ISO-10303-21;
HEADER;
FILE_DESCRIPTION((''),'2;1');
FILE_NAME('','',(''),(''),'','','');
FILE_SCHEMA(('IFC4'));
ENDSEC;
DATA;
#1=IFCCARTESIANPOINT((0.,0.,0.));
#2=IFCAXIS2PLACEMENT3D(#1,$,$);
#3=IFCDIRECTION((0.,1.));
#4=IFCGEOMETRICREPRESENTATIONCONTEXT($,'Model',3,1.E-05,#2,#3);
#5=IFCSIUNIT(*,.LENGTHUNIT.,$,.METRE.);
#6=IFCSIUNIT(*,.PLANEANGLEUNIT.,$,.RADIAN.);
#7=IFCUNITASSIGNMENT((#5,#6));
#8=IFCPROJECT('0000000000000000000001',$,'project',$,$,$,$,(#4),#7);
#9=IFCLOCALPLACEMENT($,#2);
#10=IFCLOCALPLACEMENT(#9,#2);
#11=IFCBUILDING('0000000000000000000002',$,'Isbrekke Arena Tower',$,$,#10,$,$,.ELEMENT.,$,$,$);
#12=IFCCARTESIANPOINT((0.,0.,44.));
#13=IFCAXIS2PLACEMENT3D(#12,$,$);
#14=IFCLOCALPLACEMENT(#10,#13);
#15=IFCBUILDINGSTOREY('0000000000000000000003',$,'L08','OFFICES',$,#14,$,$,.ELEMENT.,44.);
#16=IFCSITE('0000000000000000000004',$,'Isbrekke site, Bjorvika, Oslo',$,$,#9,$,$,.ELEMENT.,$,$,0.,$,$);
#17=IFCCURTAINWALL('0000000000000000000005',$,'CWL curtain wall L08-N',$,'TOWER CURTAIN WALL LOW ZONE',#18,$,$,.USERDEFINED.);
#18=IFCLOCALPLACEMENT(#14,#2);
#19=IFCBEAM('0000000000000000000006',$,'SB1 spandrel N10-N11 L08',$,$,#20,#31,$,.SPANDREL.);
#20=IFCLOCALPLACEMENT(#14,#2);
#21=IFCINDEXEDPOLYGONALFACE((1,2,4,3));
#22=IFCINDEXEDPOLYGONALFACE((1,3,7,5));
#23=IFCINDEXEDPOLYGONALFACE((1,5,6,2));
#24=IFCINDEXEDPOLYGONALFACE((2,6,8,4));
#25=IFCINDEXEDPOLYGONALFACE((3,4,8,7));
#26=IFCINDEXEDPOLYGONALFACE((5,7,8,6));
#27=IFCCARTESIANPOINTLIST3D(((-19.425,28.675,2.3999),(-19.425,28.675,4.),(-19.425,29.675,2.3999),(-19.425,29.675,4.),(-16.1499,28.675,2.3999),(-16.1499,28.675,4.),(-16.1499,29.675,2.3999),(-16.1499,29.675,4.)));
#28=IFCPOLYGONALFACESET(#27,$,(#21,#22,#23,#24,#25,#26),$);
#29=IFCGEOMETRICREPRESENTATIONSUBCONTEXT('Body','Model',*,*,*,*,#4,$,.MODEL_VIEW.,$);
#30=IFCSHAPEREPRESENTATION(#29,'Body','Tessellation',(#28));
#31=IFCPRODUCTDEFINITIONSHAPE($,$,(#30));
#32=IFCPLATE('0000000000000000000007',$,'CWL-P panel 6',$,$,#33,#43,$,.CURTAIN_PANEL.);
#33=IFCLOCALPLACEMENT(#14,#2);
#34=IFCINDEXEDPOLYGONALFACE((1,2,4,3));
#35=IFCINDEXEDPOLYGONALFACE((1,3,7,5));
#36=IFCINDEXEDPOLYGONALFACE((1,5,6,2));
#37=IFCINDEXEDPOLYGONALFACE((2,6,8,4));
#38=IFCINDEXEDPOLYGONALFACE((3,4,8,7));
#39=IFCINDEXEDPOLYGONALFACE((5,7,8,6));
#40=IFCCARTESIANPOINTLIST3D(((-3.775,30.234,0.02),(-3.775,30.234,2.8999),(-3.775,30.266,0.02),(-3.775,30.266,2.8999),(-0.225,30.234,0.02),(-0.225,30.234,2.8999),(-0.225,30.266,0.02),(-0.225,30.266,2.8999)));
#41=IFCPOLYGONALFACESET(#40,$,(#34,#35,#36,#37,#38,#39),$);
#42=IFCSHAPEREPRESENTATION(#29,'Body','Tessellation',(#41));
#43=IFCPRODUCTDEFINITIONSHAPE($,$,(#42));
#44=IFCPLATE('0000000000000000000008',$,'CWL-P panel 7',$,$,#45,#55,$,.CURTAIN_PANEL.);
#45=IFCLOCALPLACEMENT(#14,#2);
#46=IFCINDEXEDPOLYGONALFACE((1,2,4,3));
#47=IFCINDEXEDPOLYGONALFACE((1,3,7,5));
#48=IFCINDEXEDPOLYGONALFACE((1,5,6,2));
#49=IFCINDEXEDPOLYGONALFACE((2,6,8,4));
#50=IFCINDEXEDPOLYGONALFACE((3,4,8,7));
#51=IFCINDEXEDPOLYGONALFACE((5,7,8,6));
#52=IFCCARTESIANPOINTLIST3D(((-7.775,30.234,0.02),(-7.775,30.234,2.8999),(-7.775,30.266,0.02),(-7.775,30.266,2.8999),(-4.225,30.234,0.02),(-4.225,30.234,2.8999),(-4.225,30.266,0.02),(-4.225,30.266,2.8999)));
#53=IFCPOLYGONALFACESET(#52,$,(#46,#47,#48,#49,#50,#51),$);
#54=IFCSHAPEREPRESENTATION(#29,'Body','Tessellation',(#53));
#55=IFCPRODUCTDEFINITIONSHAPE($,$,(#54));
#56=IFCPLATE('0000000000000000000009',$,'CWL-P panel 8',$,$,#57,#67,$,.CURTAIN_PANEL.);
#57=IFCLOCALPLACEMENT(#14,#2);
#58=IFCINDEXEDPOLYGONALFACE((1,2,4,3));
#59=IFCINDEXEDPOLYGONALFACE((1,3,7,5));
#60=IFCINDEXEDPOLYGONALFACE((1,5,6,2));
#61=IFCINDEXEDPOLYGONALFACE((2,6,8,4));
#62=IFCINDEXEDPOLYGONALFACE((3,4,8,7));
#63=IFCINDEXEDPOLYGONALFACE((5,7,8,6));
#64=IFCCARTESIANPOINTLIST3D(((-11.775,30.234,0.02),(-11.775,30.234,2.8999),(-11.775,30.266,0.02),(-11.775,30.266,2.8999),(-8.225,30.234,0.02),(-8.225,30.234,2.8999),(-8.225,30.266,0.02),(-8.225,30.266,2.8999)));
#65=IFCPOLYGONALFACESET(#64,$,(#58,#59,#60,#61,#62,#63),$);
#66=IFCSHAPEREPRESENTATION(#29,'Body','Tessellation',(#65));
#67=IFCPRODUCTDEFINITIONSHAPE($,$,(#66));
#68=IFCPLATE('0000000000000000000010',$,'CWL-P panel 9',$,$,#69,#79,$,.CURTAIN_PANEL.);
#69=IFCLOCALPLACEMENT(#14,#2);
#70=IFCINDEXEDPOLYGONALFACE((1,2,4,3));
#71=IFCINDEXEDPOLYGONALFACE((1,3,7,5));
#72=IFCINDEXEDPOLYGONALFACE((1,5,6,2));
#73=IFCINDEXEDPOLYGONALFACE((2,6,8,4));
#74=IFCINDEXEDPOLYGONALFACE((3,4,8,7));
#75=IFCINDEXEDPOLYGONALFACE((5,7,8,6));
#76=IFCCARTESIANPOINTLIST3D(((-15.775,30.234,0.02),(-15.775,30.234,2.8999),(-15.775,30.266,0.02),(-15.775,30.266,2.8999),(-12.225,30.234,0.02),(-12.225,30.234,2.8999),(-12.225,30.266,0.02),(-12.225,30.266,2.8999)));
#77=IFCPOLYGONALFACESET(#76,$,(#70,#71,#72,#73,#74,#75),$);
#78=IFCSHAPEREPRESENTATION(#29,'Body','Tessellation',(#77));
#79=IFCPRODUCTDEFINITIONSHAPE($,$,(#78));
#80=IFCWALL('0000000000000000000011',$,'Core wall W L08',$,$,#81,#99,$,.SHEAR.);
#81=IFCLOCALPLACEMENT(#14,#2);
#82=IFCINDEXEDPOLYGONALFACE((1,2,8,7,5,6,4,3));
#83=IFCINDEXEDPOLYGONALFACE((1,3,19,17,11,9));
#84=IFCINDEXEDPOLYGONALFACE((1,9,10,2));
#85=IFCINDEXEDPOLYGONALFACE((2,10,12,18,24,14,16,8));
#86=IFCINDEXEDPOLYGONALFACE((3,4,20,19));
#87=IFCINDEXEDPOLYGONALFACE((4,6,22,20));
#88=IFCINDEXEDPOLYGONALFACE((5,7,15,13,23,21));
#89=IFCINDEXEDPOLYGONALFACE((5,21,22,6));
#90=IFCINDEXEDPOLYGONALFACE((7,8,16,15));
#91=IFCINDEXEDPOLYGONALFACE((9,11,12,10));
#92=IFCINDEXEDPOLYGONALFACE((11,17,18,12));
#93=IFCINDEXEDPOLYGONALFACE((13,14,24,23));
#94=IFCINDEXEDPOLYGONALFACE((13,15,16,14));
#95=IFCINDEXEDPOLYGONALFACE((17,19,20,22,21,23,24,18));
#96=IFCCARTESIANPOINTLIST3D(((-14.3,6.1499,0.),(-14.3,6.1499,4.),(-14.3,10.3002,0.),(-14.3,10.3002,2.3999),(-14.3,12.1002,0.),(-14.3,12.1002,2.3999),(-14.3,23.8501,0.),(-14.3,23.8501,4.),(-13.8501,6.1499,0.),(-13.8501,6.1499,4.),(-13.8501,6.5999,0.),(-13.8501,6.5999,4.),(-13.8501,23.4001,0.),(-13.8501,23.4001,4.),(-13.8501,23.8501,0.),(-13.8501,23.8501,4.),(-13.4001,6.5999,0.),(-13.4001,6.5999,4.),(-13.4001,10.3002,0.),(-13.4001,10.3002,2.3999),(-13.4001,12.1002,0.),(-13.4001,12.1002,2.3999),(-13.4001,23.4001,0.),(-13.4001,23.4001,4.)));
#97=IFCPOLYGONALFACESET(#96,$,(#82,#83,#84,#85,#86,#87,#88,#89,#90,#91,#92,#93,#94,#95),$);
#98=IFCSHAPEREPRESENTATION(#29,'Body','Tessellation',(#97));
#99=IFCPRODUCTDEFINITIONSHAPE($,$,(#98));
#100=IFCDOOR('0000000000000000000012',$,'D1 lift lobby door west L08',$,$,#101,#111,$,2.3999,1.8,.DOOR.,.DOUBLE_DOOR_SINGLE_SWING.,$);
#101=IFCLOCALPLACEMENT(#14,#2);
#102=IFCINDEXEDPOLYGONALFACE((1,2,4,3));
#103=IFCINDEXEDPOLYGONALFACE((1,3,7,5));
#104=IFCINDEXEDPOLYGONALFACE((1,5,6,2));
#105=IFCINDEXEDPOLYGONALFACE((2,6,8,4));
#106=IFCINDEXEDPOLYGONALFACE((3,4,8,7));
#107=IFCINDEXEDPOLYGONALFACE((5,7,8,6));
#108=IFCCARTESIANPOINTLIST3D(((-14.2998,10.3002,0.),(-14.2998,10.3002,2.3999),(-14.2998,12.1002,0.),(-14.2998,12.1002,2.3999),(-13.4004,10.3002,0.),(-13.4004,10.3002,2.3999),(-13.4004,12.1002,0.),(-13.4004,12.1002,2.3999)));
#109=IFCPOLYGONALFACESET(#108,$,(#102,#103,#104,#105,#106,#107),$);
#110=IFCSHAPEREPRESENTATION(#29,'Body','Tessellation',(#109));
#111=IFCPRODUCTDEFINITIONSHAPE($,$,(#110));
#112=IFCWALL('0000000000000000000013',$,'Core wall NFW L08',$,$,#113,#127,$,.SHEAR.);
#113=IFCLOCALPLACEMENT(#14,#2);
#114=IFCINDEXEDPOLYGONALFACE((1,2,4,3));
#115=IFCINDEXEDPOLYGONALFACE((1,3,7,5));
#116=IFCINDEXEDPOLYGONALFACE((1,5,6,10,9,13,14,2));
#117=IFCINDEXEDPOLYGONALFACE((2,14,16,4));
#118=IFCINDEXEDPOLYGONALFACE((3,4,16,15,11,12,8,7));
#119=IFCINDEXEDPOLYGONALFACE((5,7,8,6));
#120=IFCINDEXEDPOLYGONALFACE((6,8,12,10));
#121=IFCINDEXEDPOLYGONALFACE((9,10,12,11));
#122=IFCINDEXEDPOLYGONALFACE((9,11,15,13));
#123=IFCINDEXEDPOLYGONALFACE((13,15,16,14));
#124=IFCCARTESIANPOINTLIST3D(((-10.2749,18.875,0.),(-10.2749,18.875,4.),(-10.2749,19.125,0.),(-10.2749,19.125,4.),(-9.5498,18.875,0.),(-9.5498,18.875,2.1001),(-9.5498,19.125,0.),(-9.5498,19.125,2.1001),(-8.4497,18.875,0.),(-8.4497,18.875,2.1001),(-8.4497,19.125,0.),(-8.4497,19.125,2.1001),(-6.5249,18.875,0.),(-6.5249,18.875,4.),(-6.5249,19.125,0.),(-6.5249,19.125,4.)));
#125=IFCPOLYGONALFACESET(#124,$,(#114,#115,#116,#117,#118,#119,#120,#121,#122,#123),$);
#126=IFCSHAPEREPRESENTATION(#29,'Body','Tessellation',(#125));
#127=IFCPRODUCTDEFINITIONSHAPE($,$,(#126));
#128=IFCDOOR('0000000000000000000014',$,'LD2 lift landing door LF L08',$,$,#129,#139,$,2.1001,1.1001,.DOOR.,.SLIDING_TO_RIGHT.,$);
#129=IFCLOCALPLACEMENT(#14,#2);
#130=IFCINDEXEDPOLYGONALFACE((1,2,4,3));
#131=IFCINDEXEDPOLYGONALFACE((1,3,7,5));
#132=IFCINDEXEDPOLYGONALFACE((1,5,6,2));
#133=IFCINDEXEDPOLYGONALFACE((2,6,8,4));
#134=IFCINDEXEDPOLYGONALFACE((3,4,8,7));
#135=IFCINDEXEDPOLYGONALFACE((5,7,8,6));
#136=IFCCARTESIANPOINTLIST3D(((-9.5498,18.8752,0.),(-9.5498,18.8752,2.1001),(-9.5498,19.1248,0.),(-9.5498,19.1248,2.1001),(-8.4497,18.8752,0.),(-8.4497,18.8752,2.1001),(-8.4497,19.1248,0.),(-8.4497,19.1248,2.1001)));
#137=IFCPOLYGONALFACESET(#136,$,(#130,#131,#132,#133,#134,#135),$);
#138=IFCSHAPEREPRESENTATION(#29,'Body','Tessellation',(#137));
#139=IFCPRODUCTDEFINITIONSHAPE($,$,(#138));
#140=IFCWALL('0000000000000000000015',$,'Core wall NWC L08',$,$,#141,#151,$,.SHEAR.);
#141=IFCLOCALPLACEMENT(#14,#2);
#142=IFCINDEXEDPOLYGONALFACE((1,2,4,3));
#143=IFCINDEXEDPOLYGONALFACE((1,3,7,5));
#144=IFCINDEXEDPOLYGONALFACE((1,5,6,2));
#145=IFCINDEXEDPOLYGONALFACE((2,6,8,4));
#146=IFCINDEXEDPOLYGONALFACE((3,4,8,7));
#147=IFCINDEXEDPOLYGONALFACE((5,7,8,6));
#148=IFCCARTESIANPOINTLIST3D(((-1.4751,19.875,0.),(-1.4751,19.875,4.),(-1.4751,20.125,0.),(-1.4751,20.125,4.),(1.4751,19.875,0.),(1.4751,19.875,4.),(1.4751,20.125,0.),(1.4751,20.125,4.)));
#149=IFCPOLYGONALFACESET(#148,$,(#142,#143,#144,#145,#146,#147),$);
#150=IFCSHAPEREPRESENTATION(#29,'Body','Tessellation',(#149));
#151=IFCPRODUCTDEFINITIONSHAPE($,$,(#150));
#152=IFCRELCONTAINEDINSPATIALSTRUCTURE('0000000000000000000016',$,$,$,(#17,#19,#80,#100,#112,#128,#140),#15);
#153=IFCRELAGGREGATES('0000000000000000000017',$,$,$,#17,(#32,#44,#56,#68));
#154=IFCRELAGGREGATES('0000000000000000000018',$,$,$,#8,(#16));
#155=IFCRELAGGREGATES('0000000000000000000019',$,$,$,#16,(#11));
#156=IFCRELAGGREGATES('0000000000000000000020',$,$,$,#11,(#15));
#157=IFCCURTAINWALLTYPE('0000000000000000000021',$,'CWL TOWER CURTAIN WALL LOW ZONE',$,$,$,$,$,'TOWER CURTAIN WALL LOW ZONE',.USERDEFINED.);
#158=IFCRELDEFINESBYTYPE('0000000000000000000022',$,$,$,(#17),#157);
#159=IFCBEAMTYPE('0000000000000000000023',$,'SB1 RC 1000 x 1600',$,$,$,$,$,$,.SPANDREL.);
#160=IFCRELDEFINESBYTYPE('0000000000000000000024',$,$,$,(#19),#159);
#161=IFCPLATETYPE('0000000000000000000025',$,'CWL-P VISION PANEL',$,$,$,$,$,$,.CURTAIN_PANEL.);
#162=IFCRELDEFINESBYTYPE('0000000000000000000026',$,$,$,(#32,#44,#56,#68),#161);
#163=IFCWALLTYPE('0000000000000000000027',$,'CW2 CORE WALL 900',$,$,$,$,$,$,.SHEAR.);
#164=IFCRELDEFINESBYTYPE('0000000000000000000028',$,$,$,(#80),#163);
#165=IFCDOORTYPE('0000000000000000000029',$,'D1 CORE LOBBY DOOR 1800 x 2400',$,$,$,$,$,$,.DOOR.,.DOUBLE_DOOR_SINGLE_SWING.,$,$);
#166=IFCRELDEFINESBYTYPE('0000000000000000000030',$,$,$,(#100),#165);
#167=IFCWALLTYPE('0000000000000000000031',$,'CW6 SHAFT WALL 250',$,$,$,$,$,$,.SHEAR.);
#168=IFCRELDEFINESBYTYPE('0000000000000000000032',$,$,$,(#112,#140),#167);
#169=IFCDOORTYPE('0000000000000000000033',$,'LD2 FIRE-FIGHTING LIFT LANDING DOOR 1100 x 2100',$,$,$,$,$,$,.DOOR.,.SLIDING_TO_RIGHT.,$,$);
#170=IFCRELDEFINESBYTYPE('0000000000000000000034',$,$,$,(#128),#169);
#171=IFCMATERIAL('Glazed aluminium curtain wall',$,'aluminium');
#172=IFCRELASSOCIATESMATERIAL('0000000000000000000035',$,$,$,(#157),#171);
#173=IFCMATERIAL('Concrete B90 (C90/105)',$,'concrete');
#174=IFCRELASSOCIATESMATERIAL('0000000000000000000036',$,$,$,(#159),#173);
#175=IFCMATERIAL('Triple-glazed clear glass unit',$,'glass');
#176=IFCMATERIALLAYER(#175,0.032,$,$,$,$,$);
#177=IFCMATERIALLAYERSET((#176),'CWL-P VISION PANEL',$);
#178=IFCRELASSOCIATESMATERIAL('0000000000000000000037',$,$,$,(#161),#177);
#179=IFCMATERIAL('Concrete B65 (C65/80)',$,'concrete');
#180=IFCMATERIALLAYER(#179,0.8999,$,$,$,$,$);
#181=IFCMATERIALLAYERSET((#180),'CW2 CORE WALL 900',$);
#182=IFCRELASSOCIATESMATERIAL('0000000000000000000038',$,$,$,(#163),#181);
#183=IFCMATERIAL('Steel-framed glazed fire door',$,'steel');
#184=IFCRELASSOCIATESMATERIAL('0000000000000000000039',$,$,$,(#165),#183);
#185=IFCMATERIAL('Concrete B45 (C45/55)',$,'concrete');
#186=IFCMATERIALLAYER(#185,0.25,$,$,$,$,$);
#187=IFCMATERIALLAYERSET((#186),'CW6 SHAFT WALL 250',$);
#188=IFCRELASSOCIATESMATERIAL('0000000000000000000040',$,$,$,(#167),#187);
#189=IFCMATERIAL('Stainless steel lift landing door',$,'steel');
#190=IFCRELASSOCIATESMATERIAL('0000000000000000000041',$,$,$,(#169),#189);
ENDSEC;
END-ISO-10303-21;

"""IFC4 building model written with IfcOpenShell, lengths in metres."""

from ifc_helpers import new_model, si_unit, direction, frame, frame_2d, origin, origin_2d, place, context, subcontext, project, spatial, polyline, rectangle, outline, extrude, material, layer, layer_set, material_profile, profile_set, type_object, element, fill, aggregate, save


model = new_model("IFC4")

# Units and contexts
model_context = context("Model", 3, precision=1e-05, world=origin(), true_north=direction((0.0, 1.0)))
body_context = subcontext(model_context, "Body", "Model", "MODEL_VIEW")
ifc_project = project(units=[si_unit("LENGTHUNIT", "METRE"), si_unit("PLANEANGLEUNIT", "RADIAN")], contexts=[model_context])

# Site, building, storey
site_placement = place(None, origin())
site = spatial("IfcSite", under=ifc_project, at=site_placement, Name="Isbrekke site, Bjorvika, Oslo", CompositionType="ELEMENT", RefElevation=0.0)
building_placement = place(site_placement, origin())
building = spatial("IfcBuilding", under=site, at=building_placement, Name="Isbrekke Arena Tower", CompositionType="ELEMENT")
storey_placement = place(building_placement, frame((0.0, 0.0, 44.0)))
storey = spatial("IfcBuildingStorey", under=building, at=storey_placement, Name="L08", Description="OFFICES", CompositionType="ELEMENT", Elevation=44.0)

# Curtain wall
ifc_material_1 = material(Name="Glazed aluminium curtain wall", Category="aluminium")
curtain_wall_type = type_object("IfcCurtainWallType", Name="CWL TOWER CURTAIN WALL LOW ZONE", ElementType="TOWER CURTAIN WALL LOW ZONE", PredefinedType="USERDEFINED", material=ifc_material_1)
curtain_wall_placement = place(storey_placement, origin())
curtain_wall = element("IfcCurtainWall", 1, at=curtain_wall_placement, inside=storey, type_object=curtain_wall_type, Name="CWL curtain wall L08-N", ObjectType="TOWER CURTAIN WALL LOW ZONE", PredefinedType="USERDEFINED")

# Beam
ifc_material_2 = material(Name="Concrete B90 (C90/105)", Category="concrete")
ifc_material_profile_1 = material_profile(ifc_material_2, rectangle(XDim=1.0, YDim=1.6001, at=origin_2d()), Name="RC 1000x1600")
ifc_profile_set_1 = profile_set([ifc_material_profile_1], Name="Concrete B90 (C90/105)")
beam_type_1 = type_object("IfcBeamType", Name="SB1 RC 1000 x 1600", PredefinedType="SPANDREL", material=ifc_profile_set_1)
beam_1_placement = place(storey_placement, frame((-16.1499, 29.175, 3.2), z_axis=(-1.0, 0.0, 0.0), x_axis=(0.0, -1.0, 0.0)))
element("IfcBeam", 2, at=beam_1_placement, inside=storey, type_object=beam_type_1, Name="SB1 spandrel N10-N11 L08", PredefinedType="SPANDREL", context=body_context, shape_type="SweptSolid", body=[
    extrude(rectangle(XDim=1.0, YDim=1.6001, at=origin_2d()), origin(), (0.0, 0.0, 1.0), 3.2751),
])

# Plates
ifc_material_3 = material(Name="Triple-glazed clear glass unit", Category="glass")
ifc_layer_1 = layer(ifc_material_3, 0.032)
ifc_layer_set_1 = layer_set([ifc_layer_1], Name="CWL-P VISION PANEL")
plate_type = type_object("IfcPlateType", Name="CWL-P VISION PANEL", PredefinedType="CURTAIN_PANEL", material=ifc_layer_set_1)
plate_1_placement = place(storey_placement, frame((-2.0, 30.25, 0.02), z_axis=(0.0, 0.0, 1.0), x_axis=(-1.0, 0.0, 0.0)))
plate_1 = element("IfcPlate", 3, at=plate_1_placement, type_object=plate_type, Name="CWL-P panel 6", PredefinedType="CURTAIN_PANEL", context=body_context, shape_type="SweptSolid", body=[
    extrude(rectangle(XDim=3.55, YDim=0.032, at=origin_2d()), origin(), (0.0, 0.0, 1.0), 2.8799),
])
plate_2_placement = place(storey_placement, frame((-6.0, 30.25, 0.02), z_axis=(0.0, 0.0, 1.0), x_axis=(-1.0, 0.0, 0.0)))
plate_2 = element("IfcPlate", 4, at=plate_2_placement, type_object=plate_type, Name="CWL-P panel 7", PredefinedType="CURTAIN_PANEL", context=body_context, shape_type="SweptSolid", body=[
    extrude(rectangle(XDim=3.55, YDim=0.032, at=origin_2d()), origin(), (0.0, 0.0, 1.0), 2.8799),
])
plate_3_placement = place(storey_placement, frame((-10.0, 30.25, 0.02), z_axis=(0.0, 0.0, 1.0), x_axis=(-1.0, 0.0, 0.0)))
plate_3 = element("IfcPlate", 5, at=plate_3_placement, type_object=plate_type, Name="CWL-P panel 8", PredefinedType="CURTAIN_PANEL", context=body_context, shape_type="SweptSolid", body=[
    extrude(rectangle(XDim=3.55, YDim=0.032, at=origin_2d()), origin(), (0.0, 0.0, 1.0), 2.8799),
])
plate_4_placement = place(storey_placement, frame((-14.0, 30.25, 0.02), z_axis=(0.0, 0.0, 1.0), x_axis=(-1.0, 0.0, 0.0)))
plate_4 = element("IfcPlate", 6, at=plate_4_placement, type_object=plate_type, Name="CWL-P panel 9", PredefinedType="CURTAIN_PANEL", context=body_context, shape_type="SweptSolid", body=[
    extrude(rectangle(XDim=3.55, YDim=0.032, at=origin_2d()), origin(), (0.0, 0.0, 1.0), 2.8799),
])
aggregate(curtain_wall, [plate_1, plate_2, plate_3, plate_4])

# Walls, openings, doors
ifc_material_4 = material(Name="Concrete B65 (C65/80)", Category="concrete")
ifc_layer_2 = layer(ifc_material_4, 0.8999)
ifc_layer_set_2 = layer_set([ifc_layer_2], Name="CW2 CORE WALL 900")
wall_type_1 = type_object("IfcWallType", Name="CW2 CORE WALL 900", PredefinedType="SHEAR", material=ifc_layer_set_2)
wall_1_placement = place(storey_placement, frame((-13.8501, 23.8501, 0.0), z_axis=(0.0, 0.0, 1.0), x_axis=(0.0, -1.0, 0.0)))
wall_1 = element("IfcWall", 7, at=wall_1_placement, inside=storey, type_object=wall_type_1, Name="Core wall W L08", PredefinedType="SHEAR", context=body_context, shape_type="SweptSolid", body=[
    extrude(outline(polyline([(0.0, -0.45), (17.7002, -0.45), (17.7002, 0.0), (17.2502, 0.0), (17.2502, 0.45), (0.45, 0.45), (0.45, 0.0), (0.0, 0.0), (0.0, -0.45)])), origin(), (0.0, 0.0, 1.0), 4.0),
])
opening_1_placement = place(wall_1_placement, frame((11.75, 0.0, 0.0)))
opening_1 = element("IfcOpeningElement", 8, at=opening_1_placement, cuts=wall_1, PredefinedType="OPENING", context=body_context, shape_type="SweptSolid", body=[
    extrude(rectangle(XDim=1.8, YDim=2.3999, at=frame_2d((0.8999, 1.2))), frame((0.0, 0.4648, 0.0), z_axis=(0.0, -1.0, 0.0), x_axis=(1.0, 0.0, 0.0)), (0.0, 0.0, 1.0), 0.9297),
])
ifc_material_5 = material(Name="Steel-framed glazed fire door", Category="steel")
door_type_1 = type_object("IfcDoorType", Name="D1 CORE LOBBY DOOR 1800 x 2400", OperationType="DOUBLE_DOOR_SINGLE_SWING", PredefinedType="DOOR", material=ifc_material_5)
door_1_placement = place(opening_1_placement, origin())
door_1 = element("IfcDoor", 9, at=door_1_placement, inside=storey, type_object=door_type_1, Name="D1 lift lobby door west L08", OperationType="DOUBLE_DOOR_SINGLE_SWING", OverallHeight=2.3999, OverallWidth=1.8, PredefinedType="DOOR", context=body_context, shape_type="SweptSolid", body=[
    extrude(rectangle(XDim=1.8, YDim=2.3999, at=frame_2d((0.8999, 1.2))), frame((0.0, 0.4497, 0.0), z_axis=(0.0, -1.0, 0.0), x_axis=(1.0, 0.0, 0.0)), (0.0, 0.0, 1.0), 0.8994),
])
fill(opening_1, door_1)
ifc_material_6 = material(Name="Concrete B45 (C45/55)", Category="concrete")
ifc_layer_3 = layer(ifc_material_6, 0.25)
ifc_layer_set_3 = layer_set([ifc_layer_3], Name="CW6 SHAFT WALL 250")
wall_type_2 = type_object("IfcWallType", Name="CW6 SHAFT WALL 250", PredefinedType="SHEAR", material=ifc_layer_set_3)
wall_2_placement = place(storey_placement, frame((-10.2749, 19.0, 0.0), z_axis=(0.0, 0.0, 1.0), x_axis=(1.0, 0.0, 0.0)))
wall_2 = element("IfcWall", 10, at=wall_2_placement, inside=storey, type_object=wall_type_2, Name="Core wall NFW L08", PredefinedType="SHEAR", context=body_context, shape_type="SweptSolid", body=[
    extrude(rectangle(XDim=3.75, YDim=0.25, at=frame_2d((1.875, 0.0))), origin(), (0.0, 0.0, 1.0), 4.0),
])
opening_2_placement = place(wall_2_placement, frame((0.7251, 0.0, 0.0)))
opening_2 = element("IfcOpeningElement", 11, at=opening_2_placement, cuts=wall_2, PredefinedType="OPENING", context=body_context, shape_type="SweptSolid", body=[
    extrude(rectangle(XDim=1.1001, YDim=2.1001, at=frame_2d((0.55, 1.05))), frame((0.0, 0.1399, 0.0), z_axis=(0.0, -1.0, 0.0), x_axis=(1.0, 0.0, 0.0)), (0.0, 0.0, 1.0), 0.2798),
])
ifc_material_7 = material(Name="Stainless steel lift landing door", Category="steel")
door_type_2 = type_object("IfcDoorType", Name="LD2 FIRE-FIGHTING LIFT LANDING DOOR 1100 x 2100", OperationType="SLIDING_TO_RIGHT", PredefinedType="DOOR", material=ifc_material_7)
door_2_placement = place(opening_2_placement, origin())
door_2 = element("IfcDoor", 12, at=door_2_placement, inside=storey, type_object=door_type_2, Name="LD2 lift landing door LF L08", OperationType="SLIDING_TO_RIGHT", OverallHeight=2.1001, OverallWidth=1.1001, PredefinedType="DOOR", context=body_context, shape_type="SweptSolid", body=[
    extrude(rectangle(XDim=1.1001, YDim=2.1001, at=frame_2d((0.55, 1.05))), frame((0.0, 0.1248, 0.0), z_axis=(0.0, -1.0, 0.0), x_axis=(1.0, 0.0, 0.0)), (0.0, 0.0, 1.0), 0.2495),
])
fill(opening_2, door_2)

# Wall
wall_3_placement = place(storey_placement, frame((-1.4751, 20.0, 0.0), z_axis=(0.0, 0.0, 1.0), x_axis=(1.0, 0.0, 0.0)))
element("IfcWall", 13, at=wall_3_placement, inside=storey, type_object=wall_type_2, Name="Core wall NWC L08", PredefinedType="SHEAR", context=body_context, shape_type="SweptSolid", body=[
    extrude(rectangle(XDim=2.9502, YDim=0.25, at=frame_2d((1.4751, 0.0))), origin(), (0.0, 0.0, 1.0), 4.0),
])

save(model, "model.ifc")
